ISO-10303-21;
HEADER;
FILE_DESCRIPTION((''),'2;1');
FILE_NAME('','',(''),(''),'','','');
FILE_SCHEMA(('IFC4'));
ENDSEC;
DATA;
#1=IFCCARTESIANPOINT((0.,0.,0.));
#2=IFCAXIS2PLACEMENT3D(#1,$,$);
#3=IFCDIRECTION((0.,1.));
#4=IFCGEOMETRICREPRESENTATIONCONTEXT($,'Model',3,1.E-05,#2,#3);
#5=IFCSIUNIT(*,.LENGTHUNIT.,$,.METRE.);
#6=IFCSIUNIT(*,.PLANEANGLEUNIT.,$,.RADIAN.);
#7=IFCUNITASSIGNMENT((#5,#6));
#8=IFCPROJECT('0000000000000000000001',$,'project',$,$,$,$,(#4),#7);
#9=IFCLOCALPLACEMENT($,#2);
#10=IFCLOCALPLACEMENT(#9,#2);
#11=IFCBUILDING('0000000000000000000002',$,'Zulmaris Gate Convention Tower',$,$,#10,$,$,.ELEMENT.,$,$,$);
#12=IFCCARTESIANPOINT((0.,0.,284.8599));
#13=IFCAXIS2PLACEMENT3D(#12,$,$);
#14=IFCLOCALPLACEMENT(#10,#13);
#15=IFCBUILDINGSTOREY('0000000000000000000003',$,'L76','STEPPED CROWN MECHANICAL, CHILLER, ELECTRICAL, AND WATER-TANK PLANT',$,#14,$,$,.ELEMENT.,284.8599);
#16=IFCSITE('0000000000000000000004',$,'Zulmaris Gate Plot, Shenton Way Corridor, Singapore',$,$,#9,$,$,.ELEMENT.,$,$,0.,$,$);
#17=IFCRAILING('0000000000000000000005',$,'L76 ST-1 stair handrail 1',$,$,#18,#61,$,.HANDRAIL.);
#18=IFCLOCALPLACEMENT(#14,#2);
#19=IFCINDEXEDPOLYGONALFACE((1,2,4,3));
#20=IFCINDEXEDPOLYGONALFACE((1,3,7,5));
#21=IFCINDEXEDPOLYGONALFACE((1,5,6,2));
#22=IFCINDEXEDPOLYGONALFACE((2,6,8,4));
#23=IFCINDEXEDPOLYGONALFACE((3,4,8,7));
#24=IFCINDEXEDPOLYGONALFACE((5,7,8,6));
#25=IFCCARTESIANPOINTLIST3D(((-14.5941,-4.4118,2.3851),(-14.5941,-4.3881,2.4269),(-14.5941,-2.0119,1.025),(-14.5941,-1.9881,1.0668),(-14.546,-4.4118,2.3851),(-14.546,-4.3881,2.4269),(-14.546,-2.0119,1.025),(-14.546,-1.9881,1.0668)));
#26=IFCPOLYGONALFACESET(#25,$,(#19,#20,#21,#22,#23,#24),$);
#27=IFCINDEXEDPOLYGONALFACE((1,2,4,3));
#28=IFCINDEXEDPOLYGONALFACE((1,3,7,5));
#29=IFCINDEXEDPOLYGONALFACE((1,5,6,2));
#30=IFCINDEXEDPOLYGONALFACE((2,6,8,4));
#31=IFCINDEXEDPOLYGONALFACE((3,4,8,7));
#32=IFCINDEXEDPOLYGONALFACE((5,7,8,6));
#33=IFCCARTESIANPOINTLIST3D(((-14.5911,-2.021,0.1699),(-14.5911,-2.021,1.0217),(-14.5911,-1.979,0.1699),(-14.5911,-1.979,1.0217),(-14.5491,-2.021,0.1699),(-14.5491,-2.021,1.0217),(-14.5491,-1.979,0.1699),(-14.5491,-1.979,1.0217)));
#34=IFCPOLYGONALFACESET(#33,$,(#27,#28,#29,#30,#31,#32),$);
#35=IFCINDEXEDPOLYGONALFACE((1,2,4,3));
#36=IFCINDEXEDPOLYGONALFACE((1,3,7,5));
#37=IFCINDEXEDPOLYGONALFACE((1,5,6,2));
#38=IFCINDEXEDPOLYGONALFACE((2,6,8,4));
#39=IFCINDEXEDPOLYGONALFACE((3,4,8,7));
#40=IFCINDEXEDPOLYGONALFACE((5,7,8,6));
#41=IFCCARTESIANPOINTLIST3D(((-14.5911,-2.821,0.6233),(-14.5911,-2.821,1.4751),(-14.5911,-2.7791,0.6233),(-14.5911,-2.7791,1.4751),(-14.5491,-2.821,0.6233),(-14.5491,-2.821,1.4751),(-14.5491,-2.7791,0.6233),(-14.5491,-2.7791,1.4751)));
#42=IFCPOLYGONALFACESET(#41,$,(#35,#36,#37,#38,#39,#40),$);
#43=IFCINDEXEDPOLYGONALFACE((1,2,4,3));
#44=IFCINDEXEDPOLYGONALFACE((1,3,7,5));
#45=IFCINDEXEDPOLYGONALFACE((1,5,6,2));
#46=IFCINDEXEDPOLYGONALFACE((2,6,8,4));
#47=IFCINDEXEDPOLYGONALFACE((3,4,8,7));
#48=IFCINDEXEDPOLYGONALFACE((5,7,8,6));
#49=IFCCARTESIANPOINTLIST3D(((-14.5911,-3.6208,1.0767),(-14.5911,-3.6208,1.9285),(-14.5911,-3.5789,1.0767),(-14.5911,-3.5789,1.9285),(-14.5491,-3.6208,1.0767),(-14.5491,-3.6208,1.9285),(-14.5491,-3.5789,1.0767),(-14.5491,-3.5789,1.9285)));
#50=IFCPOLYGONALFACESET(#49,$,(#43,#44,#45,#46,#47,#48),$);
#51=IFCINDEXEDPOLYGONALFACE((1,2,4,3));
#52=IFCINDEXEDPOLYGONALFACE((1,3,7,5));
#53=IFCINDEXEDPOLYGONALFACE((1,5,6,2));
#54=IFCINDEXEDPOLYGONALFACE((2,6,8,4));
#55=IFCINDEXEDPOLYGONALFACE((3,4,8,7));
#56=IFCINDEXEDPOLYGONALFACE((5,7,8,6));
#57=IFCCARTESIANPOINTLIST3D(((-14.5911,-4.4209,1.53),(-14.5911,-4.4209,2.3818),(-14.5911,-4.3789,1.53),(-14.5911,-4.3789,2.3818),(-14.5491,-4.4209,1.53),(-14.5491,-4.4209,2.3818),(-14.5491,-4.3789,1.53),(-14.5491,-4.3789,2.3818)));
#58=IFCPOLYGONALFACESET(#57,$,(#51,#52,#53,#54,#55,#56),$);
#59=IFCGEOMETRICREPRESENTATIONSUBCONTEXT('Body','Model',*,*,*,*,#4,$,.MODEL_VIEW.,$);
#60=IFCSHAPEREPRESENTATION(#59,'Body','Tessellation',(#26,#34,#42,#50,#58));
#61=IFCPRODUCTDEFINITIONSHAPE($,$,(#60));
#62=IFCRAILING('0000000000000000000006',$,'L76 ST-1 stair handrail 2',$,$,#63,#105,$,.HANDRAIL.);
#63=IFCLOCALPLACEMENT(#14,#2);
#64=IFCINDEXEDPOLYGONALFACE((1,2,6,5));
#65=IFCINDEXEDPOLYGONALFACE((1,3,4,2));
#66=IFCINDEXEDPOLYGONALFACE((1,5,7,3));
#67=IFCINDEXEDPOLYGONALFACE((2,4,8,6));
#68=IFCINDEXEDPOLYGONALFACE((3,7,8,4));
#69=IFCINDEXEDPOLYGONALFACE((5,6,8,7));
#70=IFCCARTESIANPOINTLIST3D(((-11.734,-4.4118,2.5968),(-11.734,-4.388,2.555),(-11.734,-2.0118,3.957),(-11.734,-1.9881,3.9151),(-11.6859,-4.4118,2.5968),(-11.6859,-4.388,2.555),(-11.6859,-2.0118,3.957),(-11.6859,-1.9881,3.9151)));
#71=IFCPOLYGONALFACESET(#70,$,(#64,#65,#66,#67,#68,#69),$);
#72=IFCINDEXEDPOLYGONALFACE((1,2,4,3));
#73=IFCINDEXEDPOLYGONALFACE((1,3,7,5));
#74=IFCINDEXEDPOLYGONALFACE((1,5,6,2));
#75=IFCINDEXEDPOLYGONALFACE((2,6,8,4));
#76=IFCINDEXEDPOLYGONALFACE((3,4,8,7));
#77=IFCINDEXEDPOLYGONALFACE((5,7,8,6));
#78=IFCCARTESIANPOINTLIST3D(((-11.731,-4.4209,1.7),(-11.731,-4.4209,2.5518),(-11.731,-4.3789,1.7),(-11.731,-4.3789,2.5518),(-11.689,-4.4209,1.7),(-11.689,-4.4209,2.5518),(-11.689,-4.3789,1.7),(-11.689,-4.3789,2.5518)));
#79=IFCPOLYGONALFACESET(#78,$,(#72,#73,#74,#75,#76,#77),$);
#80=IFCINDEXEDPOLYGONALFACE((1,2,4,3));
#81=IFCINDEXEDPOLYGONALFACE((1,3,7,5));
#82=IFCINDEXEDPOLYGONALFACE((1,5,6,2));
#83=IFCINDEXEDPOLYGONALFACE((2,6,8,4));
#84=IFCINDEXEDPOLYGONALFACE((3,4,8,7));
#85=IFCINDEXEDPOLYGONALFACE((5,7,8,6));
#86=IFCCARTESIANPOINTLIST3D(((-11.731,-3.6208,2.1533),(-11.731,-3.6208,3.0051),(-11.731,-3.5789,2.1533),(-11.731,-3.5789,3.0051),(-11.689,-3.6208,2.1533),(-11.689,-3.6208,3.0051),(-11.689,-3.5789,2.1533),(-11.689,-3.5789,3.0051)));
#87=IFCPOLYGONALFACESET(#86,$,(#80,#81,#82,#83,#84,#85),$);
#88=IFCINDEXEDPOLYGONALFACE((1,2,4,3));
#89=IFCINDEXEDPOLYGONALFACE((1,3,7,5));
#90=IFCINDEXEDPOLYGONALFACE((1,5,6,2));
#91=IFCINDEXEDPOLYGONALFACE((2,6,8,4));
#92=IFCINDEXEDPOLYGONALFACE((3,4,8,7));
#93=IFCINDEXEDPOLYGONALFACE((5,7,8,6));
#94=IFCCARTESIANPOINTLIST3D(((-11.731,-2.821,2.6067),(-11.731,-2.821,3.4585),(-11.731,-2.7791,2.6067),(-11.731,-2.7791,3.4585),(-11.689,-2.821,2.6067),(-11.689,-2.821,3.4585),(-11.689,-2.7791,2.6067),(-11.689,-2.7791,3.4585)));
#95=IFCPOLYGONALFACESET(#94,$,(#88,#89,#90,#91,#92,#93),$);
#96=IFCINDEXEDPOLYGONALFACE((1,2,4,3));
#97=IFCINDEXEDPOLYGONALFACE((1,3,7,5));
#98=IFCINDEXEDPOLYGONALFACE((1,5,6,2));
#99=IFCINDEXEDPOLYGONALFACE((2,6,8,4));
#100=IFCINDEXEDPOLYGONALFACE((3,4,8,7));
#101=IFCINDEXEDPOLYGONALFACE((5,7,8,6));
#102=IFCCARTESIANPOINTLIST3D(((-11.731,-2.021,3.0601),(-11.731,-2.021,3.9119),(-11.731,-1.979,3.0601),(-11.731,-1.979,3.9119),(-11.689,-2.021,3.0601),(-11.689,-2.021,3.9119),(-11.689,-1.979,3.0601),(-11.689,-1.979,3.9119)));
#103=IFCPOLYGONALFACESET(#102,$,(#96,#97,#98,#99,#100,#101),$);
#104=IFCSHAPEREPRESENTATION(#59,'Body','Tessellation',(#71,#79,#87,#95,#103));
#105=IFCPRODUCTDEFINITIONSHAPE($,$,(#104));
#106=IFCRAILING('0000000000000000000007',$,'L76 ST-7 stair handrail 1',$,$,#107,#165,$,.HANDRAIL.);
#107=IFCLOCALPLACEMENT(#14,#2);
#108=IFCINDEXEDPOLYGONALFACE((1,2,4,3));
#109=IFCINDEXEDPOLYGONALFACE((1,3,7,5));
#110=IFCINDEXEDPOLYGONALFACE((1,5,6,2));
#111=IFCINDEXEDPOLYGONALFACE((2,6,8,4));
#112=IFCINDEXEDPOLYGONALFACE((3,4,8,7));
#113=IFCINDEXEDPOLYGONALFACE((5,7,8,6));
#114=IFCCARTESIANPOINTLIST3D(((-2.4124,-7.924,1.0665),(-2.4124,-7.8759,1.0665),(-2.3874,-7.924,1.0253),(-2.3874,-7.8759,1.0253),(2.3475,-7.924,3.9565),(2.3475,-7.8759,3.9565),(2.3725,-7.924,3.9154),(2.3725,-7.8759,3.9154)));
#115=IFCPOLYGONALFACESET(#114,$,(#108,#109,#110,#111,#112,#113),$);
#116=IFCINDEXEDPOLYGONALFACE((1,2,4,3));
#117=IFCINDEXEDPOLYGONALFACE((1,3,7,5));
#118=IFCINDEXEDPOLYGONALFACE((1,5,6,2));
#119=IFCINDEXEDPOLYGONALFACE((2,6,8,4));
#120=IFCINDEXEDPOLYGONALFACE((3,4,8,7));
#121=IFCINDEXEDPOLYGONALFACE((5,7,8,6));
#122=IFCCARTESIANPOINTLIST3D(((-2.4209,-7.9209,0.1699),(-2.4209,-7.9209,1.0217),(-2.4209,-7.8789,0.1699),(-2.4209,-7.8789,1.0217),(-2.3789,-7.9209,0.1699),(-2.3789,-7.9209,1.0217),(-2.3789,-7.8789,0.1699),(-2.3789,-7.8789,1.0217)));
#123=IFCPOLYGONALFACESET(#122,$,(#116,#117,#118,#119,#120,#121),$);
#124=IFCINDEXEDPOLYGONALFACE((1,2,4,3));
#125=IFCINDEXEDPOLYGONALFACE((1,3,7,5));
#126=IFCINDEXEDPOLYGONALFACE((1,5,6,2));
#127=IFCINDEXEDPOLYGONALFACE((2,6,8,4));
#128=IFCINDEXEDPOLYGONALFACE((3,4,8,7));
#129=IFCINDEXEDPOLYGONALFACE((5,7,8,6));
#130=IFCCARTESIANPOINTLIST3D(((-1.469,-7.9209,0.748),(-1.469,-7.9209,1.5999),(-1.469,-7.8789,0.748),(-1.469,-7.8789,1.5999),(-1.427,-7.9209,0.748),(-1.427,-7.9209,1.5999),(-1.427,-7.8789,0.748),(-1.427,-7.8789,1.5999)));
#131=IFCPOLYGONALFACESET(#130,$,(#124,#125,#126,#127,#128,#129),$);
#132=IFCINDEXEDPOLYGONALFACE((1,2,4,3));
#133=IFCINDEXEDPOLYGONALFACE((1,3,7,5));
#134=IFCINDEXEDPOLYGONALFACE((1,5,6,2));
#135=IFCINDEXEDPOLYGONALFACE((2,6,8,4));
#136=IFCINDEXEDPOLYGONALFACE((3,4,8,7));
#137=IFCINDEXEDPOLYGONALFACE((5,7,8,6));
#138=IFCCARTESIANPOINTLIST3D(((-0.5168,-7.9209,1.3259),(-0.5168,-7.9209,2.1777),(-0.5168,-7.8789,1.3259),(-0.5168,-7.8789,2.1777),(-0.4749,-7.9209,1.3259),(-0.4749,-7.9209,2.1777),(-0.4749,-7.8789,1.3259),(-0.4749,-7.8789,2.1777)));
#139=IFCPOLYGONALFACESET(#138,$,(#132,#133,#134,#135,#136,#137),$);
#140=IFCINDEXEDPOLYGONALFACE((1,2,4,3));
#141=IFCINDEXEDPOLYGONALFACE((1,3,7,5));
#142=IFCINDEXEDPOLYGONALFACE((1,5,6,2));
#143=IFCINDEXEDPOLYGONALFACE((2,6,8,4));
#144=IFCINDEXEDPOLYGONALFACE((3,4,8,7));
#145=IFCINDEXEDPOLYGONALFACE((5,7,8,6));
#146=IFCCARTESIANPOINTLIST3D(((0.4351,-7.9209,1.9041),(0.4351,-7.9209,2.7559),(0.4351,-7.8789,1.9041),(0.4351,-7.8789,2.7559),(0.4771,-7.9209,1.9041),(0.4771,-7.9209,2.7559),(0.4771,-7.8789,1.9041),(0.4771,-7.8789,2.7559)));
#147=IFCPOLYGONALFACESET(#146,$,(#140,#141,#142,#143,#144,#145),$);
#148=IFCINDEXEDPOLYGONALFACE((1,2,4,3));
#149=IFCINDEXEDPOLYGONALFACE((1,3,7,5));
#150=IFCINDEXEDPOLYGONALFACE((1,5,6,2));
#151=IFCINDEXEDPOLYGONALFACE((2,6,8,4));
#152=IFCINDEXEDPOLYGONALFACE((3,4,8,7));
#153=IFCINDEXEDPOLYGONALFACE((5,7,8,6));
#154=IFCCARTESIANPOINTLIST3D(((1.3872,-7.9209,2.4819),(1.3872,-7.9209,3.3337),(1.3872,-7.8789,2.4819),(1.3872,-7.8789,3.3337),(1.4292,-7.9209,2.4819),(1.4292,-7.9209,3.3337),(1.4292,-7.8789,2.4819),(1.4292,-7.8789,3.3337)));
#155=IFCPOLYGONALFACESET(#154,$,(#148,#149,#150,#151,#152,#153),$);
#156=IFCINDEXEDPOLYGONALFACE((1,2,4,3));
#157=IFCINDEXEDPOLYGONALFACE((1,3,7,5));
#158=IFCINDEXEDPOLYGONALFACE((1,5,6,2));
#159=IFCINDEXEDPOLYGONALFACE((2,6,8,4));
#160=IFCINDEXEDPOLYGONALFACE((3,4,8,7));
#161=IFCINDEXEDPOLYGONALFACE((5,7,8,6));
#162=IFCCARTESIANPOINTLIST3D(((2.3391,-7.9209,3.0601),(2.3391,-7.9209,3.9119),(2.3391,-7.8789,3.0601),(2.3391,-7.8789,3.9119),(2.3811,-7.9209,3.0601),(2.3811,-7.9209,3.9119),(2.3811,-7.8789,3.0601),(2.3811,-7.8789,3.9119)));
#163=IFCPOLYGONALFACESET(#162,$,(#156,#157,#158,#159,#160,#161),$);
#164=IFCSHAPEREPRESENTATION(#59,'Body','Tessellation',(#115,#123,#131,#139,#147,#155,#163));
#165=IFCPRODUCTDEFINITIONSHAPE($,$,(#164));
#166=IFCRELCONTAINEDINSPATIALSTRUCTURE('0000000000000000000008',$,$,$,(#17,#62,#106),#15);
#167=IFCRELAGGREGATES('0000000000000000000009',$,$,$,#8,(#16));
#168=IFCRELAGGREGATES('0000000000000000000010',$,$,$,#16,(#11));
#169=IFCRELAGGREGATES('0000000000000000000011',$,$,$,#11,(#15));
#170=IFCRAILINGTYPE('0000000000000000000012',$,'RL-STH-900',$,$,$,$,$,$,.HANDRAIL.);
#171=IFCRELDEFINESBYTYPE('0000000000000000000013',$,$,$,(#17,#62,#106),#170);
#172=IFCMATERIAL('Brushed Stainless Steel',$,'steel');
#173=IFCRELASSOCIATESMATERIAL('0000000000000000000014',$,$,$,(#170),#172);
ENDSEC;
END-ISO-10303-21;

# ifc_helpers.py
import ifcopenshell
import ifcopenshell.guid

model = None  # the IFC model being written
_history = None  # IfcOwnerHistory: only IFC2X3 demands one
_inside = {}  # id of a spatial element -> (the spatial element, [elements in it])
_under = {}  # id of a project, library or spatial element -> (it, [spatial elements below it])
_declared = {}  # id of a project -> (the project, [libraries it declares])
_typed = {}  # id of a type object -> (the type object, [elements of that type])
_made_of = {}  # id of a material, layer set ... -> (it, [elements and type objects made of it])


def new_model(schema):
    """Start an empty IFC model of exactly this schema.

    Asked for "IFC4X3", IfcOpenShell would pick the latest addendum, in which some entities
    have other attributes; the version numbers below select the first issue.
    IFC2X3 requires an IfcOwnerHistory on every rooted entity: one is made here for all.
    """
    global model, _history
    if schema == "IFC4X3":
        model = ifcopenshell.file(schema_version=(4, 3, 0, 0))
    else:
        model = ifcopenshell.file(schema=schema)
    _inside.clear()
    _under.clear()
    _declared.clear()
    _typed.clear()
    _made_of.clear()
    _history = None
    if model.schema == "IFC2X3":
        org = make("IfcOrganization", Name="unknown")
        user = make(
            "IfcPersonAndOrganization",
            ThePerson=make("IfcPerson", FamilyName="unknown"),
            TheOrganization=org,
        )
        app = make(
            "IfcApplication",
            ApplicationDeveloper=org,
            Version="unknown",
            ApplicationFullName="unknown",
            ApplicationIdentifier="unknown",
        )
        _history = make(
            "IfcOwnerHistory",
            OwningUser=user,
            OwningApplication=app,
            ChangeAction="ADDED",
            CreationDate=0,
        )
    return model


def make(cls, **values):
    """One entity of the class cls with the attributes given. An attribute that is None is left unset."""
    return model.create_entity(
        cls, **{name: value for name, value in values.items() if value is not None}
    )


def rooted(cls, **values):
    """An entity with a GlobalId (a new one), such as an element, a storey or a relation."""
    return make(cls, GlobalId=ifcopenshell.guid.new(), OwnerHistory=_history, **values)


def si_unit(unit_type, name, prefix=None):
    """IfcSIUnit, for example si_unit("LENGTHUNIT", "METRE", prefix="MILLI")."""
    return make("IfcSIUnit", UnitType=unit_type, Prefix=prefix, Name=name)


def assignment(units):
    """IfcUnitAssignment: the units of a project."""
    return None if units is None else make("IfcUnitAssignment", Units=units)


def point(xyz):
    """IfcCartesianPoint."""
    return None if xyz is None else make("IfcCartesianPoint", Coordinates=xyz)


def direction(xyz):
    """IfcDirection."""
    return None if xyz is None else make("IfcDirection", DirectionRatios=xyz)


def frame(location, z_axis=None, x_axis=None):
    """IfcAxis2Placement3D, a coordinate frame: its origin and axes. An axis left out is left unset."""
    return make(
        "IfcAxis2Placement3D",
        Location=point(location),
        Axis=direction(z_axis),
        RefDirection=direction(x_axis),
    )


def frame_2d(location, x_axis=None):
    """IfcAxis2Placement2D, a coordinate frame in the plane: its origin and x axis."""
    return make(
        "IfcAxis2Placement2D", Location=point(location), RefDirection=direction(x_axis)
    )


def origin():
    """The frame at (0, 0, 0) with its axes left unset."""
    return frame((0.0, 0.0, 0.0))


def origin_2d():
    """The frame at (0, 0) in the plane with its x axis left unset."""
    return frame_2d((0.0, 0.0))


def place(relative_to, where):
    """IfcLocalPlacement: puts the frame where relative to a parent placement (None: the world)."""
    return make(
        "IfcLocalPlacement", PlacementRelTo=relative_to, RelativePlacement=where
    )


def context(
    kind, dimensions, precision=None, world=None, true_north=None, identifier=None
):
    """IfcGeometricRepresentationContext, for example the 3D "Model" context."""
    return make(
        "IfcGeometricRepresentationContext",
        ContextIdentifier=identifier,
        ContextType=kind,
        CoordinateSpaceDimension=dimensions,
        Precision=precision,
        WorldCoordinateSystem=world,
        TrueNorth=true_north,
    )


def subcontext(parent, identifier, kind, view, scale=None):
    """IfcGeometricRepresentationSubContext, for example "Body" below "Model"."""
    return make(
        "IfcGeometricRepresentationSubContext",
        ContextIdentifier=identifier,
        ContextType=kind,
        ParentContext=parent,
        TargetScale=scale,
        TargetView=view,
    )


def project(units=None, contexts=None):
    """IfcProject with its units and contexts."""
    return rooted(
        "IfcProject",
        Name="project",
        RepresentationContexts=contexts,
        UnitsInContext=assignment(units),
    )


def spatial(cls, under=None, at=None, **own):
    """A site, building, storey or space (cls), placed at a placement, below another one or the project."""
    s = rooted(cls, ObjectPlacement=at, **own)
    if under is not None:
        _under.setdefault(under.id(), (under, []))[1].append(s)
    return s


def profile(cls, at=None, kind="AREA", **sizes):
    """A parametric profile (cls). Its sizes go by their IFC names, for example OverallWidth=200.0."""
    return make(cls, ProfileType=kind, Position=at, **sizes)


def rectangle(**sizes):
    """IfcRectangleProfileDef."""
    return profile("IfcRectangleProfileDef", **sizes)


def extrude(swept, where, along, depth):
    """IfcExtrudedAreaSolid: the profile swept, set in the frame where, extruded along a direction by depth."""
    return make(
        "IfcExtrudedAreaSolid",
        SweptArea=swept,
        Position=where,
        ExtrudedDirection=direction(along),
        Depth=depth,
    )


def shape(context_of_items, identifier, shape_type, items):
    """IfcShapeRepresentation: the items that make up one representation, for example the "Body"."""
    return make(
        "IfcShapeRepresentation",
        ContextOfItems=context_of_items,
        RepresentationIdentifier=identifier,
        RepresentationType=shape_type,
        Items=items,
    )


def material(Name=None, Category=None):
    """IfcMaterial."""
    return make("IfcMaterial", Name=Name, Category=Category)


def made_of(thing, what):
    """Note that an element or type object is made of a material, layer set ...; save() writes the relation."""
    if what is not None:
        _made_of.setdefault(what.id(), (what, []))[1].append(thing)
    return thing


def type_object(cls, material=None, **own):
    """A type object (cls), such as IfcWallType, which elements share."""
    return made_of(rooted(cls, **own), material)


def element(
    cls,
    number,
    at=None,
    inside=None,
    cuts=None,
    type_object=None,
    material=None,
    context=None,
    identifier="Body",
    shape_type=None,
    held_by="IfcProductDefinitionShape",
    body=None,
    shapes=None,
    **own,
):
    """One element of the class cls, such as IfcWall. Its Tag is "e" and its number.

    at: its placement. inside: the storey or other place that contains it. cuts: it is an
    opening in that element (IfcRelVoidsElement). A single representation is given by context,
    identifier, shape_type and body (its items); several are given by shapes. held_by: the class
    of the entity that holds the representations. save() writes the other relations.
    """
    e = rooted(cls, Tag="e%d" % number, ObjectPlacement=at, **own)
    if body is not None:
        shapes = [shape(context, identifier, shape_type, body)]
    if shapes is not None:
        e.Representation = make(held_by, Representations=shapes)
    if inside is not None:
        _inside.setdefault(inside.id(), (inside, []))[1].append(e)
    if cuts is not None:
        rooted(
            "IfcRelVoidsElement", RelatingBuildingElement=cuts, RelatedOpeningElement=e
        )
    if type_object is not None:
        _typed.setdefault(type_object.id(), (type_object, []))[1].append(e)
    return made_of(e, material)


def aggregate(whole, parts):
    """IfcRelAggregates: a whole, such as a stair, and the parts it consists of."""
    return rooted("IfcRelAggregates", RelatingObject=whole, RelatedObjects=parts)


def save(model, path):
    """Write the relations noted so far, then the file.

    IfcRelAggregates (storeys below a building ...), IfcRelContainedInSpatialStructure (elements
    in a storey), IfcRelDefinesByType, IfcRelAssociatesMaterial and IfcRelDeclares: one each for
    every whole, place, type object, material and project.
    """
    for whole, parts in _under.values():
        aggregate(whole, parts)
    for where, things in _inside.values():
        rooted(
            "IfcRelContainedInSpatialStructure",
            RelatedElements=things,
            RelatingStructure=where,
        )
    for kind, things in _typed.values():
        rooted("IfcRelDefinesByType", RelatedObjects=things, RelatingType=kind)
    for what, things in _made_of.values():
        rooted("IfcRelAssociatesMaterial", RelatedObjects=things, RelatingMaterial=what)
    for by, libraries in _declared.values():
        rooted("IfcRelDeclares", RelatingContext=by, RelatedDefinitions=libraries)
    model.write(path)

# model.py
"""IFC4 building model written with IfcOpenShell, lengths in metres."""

from ifc_helpers import new_model, si_unit, direction, frame, origin, origin_2d, place, context, subcontext, project, spatial, rectangle, extrude, material, type_object, element, save


model = new_model("IFC4")

# Units and contexts
model_context = context("Model", 3, precision=1e-05, world=origin(), true_north=direction((0.0, 1.0)))
body_context = subcontext(model_context, "Body", "Model", "MODEL_VIEW")
ifc_project = project(units=[si_unit("LENGTHUNIT", "METRE"), si_unit("PLANEANGLEUNIT", "RADIAN")], contexts=[model_context])

# Site, building, storey
site_placement = place(None, origin())
site = spatial("IfcSite", under=ifc_project, at=site_placement, Name="Zulmaris Gate Plot, Shenton Way Corridor, Singapore", CompositionType="ELEMENT", RefElevation=0.0)
building_placement = place(site_placement, origin())
building = spatial("IfcBuilding", under=site, at=building_placement, Name="Zulmaris Gate Convention Tower", CompositionType="ELEMENT")
storey_placement = place(building_placement, frame((0.0, 0.0, 284.8599)))
storey = spatial("IfcBuildingStorey", under=building, at=storey_placement, Name="L76", Description="STEPPED CROWN MECHANICAL, CHILLER, ELECTRICAL, AND WATER-TANK PLANT", CompositionType="ELEMENT", Elevation=284.8599)

# Railings
ifc_material_1 = material(Name="Brushed Stainless Steel", Category="steel")
railing_type_1 = type_object("IfcRailingType", Name="RL-STH-900", PredefinedType="HANDRAIL", material=ifc_material_1)
railing_1_placement = place(storey_placement, frame((-14.5701, -2.0, 0.1699)))
element("IfcRailing", 1, at=railing_1_placement, inside=storey, type_object=railing_type_1, Name="L76 ST-1 stair handrail 1", PredefinedType="HANDRAIL", context=body_context, shape_type="SweptSolid", body=[
    extrude(rectangle(XDim=0.0481, YDim=0.0481, at=origin_2d()), frame((0.0, 0.0, 0.876), z_axis=(0.0, -0.869997, 0.493057), x_axis=(1.0, 0.0, 0.0)), (0.0, 0.0, 1.0), 2.7585),
    extrude(rectangle(XDim=0.042, YDim=0.042, at=origin_2d()), origin(), (0.0, 0.0, 1.0), 0.8518),
    extrude(rectangle(XDim=0.042, YDim=0.042, at=origin_2d()), frame((0.0, -0.8, 0.4534)), (0.0, 0.0, 1.0), 0.8518),
    extrude(rectangle(XDim=0.042, YDim=0.042, at=origin_2d()), frame((0.0, -1.5999, 0.9067)), (0.0, 0.0, 1.0), 0.8518),
    extrude(rectangle(XDim=0.042, YDim=0.042, at=origin_2d()), frame((0.0, -2.3999, 1.3601)), (0.0, 0.0, 1.0), 0.8518),
])
railing_2_placement = place(storey_placement, frame((-11.71, -4.3999, 1.7)))
element("IfcRailing", 2, at=railing_2_placement, inside=storey, type_object=railing_type_1, Name="L76 ST-1 stair handrail 2", PredefinedType="HANDRAIL", context=body_context, shape_type="SweptSolid", body=[
    extrude(rectangle(XDim=0.0481, YDim=0.0481, at=origin_2d()), frame((0.0, 0.0, 0.876), z_axis=(0.0, 0.869997, 0.493057), x_axis=(-1.0, 0.0, 0.0)), (0.0, 0.0, 1.0), 2.7585),
    extrude(rectangle(XDim=0.042, YDim=0.042, at=origin_2d()), origin(), (0.0, 0.0, 1.0), 0.8518),
    extrude(rectangle(XDim=0.042, YDim=0.042, at=origin_2d()), frame((0.0, 0.8, 0.4534)), (0.0, 0.0, 1.0), 0.8518),
    extrude(rectangle(XDim=0.042, YDim=0.042, at=origin_2d()), frame((0.0, 1.5999, 0.9067)), (0.0, 0.0, 1.0), 0.8518),
    extrude(rectangle(XDim=0.042, YDim=0.042, at=origin_2d()), frame((0.0, 2.3999, 1.3601)), (0.0, 0.0, 1.0), 0.8518),
])
railing_3_placement = place(storey_placement, frame((-2.3999, -7.8999, 0.1699)))
element("IfcRailing", 3, at=railing_3_placement, inside=storey, type_object=railing_type_1, Name="L76 ST-7 stair handrail 1", PredefinedType="HANDRAIL", context=body_context, shape_type="SweptSolid", body=[
    extrude(rectangle(XDim=0.0481, YDim=0.0481, at=origin_2d()), frame((0.0, 0.0, 0.876), z_axis=(0.854777, 0.0, 0.518995), x_axis=(0.0, 1.0, 0.0)), (0.0, 0.0, 1.0), 5.5686),
    extrude(rectangle(XDim=0.042, YDim=0.042, at=origin_2d()), origin(), (0.0, 0.0, 1.0), 0.8518),
    extrude(rectangle(XDim=0.042, YDim=0.042, at=origin_2d()), frame((0.9519, 0.0, 0.5781)), (0.0, 0.0, 1.0), 0.8518),
    extrude(rectangle(XDim=0.042, YDim=0.042, at=origin_2d()), frame((1.9041, 0.0, 1.156)), (0.0, 0.0, 1.0), 0.8518),
    extrude(rectangle(XDim=0.042, YDim=0.042, at=origin_2d()), frame((2.856, 0.0, 1.7341)), (0.0, 0.0, 1.0), 0.8518),
    extrude(rectangle(XDim=0.042, YDim=0.042, at=origin_2d()), frame((3.8081, 0.0, 2.312)), (0.0, 0.0, 1.0), 0.8518),
    extrude(rectangle(XDim=0.042, YDim=0.042, at=origin_2d()), frame((4.76, 0.0, 2.8901)), (0.0, 0.0, 1.0), 0.8518),
])

save(model, "model.ifc")
